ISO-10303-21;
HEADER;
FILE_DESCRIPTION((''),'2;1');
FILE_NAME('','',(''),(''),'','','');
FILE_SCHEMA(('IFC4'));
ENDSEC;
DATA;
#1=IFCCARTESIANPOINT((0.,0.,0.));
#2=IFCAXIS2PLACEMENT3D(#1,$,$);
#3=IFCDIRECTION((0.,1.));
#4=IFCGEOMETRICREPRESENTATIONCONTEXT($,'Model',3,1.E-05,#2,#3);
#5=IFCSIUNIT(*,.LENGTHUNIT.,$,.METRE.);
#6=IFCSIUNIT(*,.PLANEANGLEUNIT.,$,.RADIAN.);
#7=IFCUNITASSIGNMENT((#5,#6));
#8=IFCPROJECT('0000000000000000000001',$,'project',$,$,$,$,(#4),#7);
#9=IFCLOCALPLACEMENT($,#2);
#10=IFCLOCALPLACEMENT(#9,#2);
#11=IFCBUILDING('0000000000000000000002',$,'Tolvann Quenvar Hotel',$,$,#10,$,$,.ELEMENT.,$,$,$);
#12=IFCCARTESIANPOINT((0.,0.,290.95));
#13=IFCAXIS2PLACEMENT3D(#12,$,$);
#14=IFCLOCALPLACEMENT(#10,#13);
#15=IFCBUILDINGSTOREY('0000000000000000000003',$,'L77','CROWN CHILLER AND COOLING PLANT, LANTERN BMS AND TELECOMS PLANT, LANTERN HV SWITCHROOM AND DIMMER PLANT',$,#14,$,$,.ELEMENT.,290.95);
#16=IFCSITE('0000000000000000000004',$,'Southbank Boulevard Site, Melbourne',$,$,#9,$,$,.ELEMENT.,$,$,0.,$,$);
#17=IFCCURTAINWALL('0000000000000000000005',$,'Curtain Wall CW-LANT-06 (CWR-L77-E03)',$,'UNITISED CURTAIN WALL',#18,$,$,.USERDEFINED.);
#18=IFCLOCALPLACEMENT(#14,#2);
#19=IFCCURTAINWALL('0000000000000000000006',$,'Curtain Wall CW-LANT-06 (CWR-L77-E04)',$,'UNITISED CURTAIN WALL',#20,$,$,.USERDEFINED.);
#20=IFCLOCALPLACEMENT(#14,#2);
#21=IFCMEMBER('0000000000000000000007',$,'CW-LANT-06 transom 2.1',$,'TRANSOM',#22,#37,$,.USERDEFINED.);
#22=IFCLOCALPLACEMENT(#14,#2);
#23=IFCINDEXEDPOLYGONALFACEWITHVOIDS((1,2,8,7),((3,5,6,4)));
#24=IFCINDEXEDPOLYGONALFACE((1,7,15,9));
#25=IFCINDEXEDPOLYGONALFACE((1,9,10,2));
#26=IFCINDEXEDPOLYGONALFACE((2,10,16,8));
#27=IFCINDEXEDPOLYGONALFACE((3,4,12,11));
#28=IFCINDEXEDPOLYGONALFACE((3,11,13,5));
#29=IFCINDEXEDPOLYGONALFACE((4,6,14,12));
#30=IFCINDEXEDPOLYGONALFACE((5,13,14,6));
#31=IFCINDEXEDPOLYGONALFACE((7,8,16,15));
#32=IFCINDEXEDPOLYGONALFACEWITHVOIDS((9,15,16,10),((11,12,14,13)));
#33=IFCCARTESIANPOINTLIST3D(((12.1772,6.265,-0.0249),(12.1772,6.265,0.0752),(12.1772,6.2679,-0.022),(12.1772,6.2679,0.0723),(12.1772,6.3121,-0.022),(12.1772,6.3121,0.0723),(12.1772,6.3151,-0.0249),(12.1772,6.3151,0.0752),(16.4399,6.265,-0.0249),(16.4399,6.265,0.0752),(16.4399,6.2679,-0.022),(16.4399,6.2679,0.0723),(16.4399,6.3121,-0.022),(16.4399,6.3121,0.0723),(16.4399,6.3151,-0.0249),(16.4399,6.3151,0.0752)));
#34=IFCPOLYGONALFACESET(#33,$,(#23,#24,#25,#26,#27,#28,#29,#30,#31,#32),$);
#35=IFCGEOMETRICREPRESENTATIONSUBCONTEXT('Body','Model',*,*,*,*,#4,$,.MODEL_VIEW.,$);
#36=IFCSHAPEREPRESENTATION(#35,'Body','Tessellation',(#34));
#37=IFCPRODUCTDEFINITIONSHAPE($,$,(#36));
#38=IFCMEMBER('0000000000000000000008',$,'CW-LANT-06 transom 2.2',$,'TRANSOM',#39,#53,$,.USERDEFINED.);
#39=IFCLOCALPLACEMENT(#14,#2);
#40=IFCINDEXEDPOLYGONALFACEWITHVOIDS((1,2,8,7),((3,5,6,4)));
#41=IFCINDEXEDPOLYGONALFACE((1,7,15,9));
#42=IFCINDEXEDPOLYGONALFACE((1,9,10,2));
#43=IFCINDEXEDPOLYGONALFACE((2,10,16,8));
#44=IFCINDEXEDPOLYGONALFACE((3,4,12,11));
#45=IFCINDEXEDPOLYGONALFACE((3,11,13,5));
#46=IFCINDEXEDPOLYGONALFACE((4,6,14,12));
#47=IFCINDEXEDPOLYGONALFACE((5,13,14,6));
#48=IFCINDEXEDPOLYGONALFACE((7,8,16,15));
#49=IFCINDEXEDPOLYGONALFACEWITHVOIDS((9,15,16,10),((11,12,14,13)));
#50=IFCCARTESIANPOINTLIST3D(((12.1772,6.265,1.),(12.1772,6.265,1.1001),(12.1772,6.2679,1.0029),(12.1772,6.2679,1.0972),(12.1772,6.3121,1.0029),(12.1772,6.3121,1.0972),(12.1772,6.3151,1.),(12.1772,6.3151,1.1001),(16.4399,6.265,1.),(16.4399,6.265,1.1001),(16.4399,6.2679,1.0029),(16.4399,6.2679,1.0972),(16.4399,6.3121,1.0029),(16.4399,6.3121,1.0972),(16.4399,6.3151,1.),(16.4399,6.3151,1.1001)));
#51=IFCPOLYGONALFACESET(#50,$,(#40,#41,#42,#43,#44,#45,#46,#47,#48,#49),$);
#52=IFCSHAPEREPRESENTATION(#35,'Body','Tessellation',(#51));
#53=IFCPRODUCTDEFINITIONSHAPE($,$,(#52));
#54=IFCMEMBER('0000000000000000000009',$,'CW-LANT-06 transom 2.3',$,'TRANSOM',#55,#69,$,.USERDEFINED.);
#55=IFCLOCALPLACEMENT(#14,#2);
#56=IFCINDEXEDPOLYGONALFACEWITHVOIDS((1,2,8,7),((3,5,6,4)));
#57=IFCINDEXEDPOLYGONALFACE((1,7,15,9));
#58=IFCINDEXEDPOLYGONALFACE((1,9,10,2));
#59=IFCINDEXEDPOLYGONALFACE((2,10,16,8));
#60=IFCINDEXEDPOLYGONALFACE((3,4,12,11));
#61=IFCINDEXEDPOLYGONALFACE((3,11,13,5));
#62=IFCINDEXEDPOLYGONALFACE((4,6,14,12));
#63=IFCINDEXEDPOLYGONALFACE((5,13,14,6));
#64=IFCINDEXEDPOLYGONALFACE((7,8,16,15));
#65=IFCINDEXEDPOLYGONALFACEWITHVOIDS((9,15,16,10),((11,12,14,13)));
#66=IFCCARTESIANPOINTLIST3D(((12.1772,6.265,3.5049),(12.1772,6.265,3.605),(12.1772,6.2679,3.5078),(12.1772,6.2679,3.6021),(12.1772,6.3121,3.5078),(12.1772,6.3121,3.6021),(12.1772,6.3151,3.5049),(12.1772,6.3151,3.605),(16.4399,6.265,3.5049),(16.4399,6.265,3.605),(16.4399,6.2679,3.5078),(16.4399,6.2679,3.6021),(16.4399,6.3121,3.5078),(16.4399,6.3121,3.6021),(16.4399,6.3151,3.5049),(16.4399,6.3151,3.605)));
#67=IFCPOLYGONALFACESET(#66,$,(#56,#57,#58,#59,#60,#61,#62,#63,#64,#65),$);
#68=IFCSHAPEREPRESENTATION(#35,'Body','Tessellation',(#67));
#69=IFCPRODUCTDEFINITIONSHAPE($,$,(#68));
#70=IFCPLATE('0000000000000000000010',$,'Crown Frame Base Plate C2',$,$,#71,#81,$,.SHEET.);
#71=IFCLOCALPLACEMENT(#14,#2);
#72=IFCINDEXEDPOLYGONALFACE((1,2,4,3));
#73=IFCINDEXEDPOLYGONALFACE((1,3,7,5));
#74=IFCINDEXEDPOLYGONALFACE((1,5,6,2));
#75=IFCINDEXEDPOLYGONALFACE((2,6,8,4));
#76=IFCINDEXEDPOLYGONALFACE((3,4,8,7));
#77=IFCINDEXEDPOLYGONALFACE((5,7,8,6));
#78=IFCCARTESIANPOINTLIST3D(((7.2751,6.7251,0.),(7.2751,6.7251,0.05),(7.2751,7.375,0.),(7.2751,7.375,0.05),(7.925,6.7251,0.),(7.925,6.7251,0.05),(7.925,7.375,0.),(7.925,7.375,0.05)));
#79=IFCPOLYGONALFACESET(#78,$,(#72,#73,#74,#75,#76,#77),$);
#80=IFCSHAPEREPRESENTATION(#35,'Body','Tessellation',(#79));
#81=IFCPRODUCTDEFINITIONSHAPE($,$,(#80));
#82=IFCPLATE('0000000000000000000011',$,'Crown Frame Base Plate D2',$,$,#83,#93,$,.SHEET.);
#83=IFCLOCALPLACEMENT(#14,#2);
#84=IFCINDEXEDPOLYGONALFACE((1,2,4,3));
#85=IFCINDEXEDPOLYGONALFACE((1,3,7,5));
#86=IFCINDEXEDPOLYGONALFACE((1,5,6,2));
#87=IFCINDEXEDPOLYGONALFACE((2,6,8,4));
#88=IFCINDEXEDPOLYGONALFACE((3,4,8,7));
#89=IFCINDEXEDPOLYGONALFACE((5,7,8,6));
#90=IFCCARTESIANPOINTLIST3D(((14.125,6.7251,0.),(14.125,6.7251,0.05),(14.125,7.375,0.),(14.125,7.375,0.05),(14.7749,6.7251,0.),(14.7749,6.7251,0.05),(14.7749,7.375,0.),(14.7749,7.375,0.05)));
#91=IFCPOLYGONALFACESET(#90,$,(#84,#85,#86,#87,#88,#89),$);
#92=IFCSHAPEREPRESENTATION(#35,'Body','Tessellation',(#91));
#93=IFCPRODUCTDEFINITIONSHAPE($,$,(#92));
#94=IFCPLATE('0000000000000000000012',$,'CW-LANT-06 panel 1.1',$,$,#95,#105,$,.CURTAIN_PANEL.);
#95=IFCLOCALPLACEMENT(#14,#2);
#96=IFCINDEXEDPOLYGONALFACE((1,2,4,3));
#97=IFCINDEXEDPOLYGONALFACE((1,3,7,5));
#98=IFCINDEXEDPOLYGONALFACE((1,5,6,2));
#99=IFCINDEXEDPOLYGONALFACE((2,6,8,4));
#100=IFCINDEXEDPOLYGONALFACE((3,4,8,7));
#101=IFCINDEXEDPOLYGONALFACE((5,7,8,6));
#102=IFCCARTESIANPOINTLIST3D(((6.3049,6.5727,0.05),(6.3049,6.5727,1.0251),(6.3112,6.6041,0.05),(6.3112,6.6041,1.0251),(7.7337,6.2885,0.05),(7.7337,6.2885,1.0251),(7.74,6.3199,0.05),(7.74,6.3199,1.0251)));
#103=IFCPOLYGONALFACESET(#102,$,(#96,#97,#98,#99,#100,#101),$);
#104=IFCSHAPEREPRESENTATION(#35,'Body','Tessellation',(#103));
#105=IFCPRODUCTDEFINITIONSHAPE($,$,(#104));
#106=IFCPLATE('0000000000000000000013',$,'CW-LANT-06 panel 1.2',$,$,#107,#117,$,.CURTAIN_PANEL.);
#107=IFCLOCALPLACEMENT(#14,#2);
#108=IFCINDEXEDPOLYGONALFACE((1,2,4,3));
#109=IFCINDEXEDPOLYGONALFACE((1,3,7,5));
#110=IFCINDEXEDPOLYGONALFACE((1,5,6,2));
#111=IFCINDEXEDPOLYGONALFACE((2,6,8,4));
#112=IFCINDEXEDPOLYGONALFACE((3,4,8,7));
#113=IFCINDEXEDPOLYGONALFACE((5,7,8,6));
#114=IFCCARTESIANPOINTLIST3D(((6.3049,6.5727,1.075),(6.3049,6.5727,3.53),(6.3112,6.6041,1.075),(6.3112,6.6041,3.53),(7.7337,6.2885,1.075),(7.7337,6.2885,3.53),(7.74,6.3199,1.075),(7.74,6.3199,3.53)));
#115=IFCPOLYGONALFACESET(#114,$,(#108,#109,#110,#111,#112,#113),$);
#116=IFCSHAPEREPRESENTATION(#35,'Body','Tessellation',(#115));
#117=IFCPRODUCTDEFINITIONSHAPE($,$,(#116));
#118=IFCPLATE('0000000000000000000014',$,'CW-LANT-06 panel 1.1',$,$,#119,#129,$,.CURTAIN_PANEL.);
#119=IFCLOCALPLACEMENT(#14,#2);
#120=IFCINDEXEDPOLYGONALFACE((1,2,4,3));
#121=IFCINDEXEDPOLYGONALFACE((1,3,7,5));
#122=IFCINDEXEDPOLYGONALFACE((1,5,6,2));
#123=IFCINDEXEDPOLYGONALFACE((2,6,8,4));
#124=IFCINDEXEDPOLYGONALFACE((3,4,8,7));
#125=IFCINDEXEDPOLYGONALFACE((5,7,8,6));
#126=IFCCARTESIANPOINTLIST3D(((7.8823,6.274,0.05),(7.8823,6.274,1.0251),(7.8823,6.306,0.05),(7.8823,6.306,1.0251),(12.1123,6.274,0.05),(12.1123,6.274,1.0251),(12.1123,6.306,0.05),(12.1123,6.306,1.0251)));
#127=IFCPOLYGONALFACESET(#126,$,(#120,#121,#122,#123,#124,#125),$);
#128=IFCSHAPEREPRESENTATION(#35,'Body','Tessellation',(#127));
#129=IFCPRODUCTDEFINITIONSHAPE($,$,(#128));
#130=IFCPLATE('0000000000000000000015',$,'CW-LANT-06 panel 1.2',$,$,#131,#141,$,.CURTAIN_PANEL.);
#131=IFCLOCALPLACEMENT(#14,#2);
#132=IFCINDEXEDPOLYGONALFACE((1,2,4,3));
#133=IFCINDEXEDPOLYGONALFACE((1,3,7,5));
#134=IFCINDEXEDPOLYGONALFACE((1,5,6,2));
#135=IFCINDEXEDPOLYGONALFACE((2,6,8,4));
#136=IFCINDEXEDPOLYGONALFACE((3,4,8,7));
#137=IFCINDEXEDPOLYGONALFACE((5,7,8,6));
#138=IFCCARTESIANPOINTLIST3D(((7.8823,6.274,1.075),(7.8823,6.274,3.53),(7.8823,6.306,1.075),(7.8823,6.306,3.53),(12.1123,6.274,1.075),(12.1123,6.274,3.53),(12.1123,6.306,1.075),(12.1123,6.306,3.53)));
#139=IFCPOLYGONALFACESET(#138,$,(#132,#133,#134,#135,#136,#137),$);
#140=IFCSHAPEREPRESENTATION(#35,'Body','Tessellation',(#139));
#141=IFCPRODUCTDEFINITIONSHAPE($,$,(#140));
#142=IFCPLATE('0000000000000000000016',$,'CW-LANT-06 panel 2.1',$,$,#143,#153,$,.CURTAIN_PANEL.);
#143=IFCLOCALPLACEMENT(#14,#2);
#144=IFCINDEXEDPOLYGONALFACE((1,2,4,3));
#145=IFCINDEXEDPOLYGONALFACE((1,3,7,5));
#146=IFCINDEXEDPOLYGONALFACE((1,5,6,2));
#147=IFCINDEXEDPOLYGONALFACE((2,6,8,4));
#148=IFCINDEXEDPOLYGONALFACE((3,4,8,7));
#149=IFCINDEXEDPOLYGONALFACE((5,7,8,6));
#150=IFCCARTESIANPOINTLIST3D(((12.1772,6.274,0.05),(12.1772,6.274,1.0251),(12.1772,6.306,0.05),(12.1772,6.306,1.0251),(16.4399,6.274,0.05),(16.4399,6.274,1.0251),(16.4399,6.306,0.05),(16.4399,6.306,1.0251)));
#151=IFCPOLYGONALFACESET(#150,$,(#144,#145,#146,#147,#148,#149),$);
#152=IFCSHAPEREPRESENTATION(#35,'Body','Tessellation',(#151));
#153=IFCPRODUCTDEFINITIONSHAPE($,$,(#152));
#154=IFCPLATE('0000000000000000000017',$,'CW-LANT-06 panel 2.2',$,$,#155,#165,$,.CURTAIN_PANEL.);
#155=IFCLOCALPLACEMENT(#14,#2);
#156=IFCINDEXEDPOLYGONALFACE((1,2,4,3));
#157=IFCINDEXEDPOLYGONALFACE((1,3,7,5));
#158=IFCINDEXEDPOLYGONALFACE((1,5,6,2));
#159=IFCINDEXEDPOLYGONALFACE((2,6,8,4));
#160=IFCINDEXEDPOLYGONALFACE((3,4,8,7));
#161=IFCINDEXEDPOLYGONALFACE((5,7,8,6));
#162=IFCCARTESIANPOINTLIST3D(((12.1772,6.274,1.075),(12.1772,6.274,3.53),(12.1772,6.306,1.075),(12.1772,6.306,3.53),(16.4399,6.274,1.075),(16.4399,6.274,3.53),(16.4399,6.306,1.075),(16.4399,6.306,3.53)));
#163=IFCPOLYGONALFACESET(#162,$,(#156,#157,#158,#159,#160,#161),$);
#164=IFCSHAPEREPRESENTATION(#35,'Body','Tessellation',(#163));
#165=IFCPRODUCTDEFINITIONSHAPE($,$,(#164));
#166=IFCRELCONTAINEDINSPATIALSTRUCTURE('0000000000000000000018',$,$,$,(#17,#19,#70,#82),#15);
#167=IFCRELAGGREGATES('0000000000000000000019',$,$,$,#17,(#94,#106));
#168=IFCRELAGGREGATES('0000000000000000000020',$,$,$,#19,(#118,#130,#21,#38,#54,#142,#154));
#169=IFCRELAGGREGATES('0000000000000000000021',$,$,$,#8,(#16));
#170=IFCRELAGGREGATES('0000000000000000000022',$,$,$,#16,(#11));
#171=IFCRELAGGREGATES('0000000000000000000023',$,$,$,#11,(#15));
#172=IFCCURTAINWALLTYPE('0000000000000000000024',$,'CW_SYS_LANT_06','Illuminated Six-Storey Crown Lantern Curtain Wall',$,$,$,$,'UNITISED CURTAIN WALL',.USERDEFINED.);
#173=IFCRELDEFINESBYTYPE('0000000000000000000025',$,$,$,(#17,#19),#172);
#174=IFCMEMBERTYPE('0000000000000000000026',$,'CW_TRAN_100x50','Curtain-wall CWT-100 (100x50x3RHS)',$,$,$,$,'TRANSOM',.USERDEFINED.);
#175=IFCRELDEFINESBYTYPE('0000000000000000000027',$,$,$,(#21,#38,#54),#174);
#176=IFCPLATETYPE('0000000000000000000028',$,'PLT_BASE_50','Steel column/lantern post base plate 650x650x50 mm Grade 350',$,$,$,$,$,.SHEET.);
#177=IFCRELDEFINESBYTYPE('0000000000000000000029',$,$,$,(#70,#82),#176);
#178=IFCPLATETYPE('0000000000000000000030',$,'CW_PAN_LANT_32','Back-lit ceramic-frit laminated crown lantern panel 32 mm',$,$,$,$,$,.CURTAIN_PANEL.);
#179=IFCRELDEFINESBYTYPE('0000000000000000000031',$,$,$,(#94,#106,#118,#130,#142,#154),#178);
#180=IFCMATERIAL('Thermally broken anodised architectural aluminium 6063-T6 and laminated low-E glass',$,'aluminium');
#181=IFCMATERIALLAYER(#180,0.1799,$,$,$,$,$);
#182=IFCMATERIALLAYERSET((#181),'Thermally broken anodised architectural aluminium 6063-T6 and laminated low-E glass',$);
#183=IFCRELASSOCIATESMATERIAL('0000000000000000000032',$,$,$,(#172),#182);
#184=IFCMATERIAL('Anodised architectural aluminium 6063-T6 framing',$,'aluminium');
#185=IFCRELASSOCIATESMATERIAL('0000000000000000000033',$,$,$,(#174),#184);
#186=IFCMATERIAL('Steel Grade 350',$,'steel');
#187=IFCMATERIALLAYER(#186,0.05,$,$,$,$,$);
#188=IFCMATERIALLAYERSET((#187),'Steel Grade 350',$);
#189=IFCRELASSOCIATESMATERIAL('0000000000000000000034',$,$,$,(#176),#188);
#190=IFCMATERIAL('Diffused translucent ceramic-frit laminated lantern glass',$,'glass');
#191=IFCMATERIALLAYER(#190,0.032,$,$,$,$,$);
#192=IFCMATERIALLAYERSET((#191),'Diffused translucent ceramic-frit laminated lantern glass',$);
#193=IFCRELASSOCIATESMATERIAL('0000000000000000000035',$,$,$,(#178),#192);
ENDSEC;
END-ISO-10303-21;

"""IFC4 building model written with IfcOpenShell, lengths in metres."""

from ifc_helpers import new_model, si_unit, direction, frame, origin, origin_2d, place, context, subcontext, project, spatial, rectangle, hollow_rectangle, extrude, source, transform, mapped, material, layer, layer_set, material_profile, profile_set, type_object, type_shapes, element, aggregate, save


model = new_model("IFC4")

# Units and contexts
model_context = context("Model", 3, precision=1e-05, world=origin(), true_north=direction((0.0, 1.0)))
body_context = subcontext(model_context, "Body", "Model", "MODEL_VIEW")
ifc_project = project(units=[si_unit("LENGTHUNIT", "METRE"), si_unit("PLANEANGLEUNIT", "RADIAN")], contexts=[model_context])

# Site, building, storey
site_placement = place(None, origin())
site = spatial("IfcSite", under=ifc_project, at=site_placement, Name="Southbank Boulevard Site, Melbourne", CompositionType="ELEMENT", RefElevation=0.0)
building_placement = place(site_placement, origin())
building = spatial("IfcBuilding", under=site, at=building_placement, Name="Tolvann Quenvar Hotel", CompositionType="ELEMENT")
storey_placement = place(building_placement, frame((0.0, 0.0, 290.95)))
storey = spatial("IfcBuildingStorey", under=building, at=storey_placement, Name="L77", Description="CROWN CHILLER AND COOLING PLANT, LANTERN BMS AND TELECOMS PLANT, LANTERN HV SWITCHROOM AND DIMMER PLANT", CompositionType="ELEMENT", Elevation=290.95)

# Shared definitions
ifc_material_1 = material(Name="Steel Grade 350", Category="steel")

# Curtain walls
ifc_material_2 = material(Name="Thermally broken anodised architectural aluminium 6063-T6 and laminated low-E glass", Category="aluminium")
ifc_layer_1 = layer(ifc_material_2, 0.1799)
ifc_layer_set_1 = layer_set([ifc_layer_1], Name="Thermally broken anodised architectural aluminium 6063-T6 and laminated low-E glass")
curtain_wall_type = type_object("IfcCurtainWallType", Name="CW_SYS_LANT_06", Description="Illuminated Six-Storey Crown Lantern Curtain Wall", ElementType="UNITISED CURTAIN WALL", PredefinedType="USERDEFINED", material=ifc_layer_set_1)
curtain_wall_1_placement = place(storey_placement, origin())
curtain_wall_1 = element("IfcCurtainWall", 1, at=curtain_wall_1_placement, inside=storey, type_object=curtain_wall_type, Name="Curtain Wall CW-LANT-06 (CWR-L77-E03)", ObjectType="UNITISED CURTAIN WALL", PredefinedType="USERDEFINED")
ifc_material_3 = material(Name="Anodised architectural aluminium 6063-T6 framing", Category="aluminium")
curtain_wall_2_placement = place(storey_placement, origin())
curtain_wall_2 = element("IfcCurtainWall", 2, at=curtain_wall_2_placement, inside=storey, type_object=curtain_wall_type, Name="Curtain Wall CW-LANT-06 (CWR-L77-E04)", ObjectType="UNITISED CURTAIN WALL", PredefinedType="USERDEFINED")

# Members
ifc_material_profile_1 = material_profile(ifc_material_3, hollow_rectangle(XDim=0.05, YDim=0.1001, WallThickness=0.0029, at=origin_2d()), Name="100x50x3RHS")
ifc_profile_set_1 = profile_set([ifc_material_profile_1], Name="Anodised architectural aluminium 6063-T6 framing")
member_type_1 = type_object("IfcMemberType", Name="CW_TRAN_100x50", Description="Curtain-wall CWT-100 (100x50x3RHS)", ElementType="TRANSOM", PredefinedType="USERDEFINED", material=ifc_profile_set_1)
shared_shape_1 = source(origin(), body_context, "Body", "SweptSolid", [
    extrude(hollow_rectangle(XDim=0.05, YDim=0.1001, WallThickness=0.0029, at=origin_2d()), origin(), (0.0, 0.0, 1.0), 4.2627),
])
member_1_placement = place(storey_placement, frame((12.1772, 6.29, 0.0251), z_axis=(1.0, 0.0, 0.0), x_axis=(0.0, 1.0, 0.0)))
member_1 = element("IfcMember", 3, at=member_1_placement, type_object=member_type_1, Name="CW-LANT-06 transom 2.1", ObjectType="TRANSOM", PredefinedType="USERDEFINED", context=body_context, shape_type="MappedRepresentation", body=[
    mapped(shared_shape_1, transform((0.0, 0.0, 0.0), x_axis=(1.0, 0.0, 0.0), y_axis=(0.0, 1.0, 0.0), z_axis=(0.0, 0.0, 1.0), scale=1.0)),
])
member_2_placement = place(storey_placement, frame((12.1772, 6.29, 1.05), z_axis=(1.0, 0.0, 0.0), x_axis=(0.0, 1.0, 0.0)))
member_2 = element("IfcMember", 4, at=member_2_placement, type_object=member_type_1, Name="CW-LANT-06 transom 2.2", ObjectType="TRANSOM", PredefinedType="USERDEFINED", context=body_context, shape_type="MappedRepresentation", body=[
    mapped(shared_shape_1, transform((0.0, 0.0, 0.0), x_axis=(1.0, 0.0, 0.0), y_axis=(0.0, 1.0, 0.0), z_axis=(0.0, 0.0, 1.0), scale=1.0)),
])
member_3_placement = place(storey_placement, frame((12.1772, 6.29, 3.5549), z_axis=(1.0, 0.0, 0.0), x_axis=(0.0, 1.0, 0.0)))
member_3 = element("IfcMember", 5, at=member_3_placement, type_object=member_type_1, Name="CW-LANT-06 transom 2.3", ObjectType="TRANSOM", PredefinedType="USERDEFINED", context=body_context, shape_type="MappedRepresentation", body=[
    mapped(shared_shape_1, transform((0.0, 0.0, 0.0), x_axis=(1.0, 0.0, 0.0), y_axis=(0.0, 1.0, 0.0), z_axis=(0.0, 0.0, 1.0), scale=1.0)),
])

# Plates
ifc_layer_2 = layer(ifc_material_1, 0.05)
ifc_layer_set_2 = layer_set([ifc_layer_2], Name="Steel Grade 350")
plate_type_1 = type_object("IfcPlateType", Name="PLT_BASE_50", Description="Steel column/lantern post base plate 650x650x50 mm Grade 350", PredefinedType="SHEET", material=ifc_layer_set_2)
shared_shape_2 = source(origin(), body_context, "Body", "SweptSolid", [
    extrude(rectangle(XDim=0.6499, YDim=0.6499, at=origin_2d()), origin(), (0.0, 0.0, 1.0), 0.05),
])
type_shapes(plate_type_1, [shared_shape_2])
for number, where, z_axis, x_axis, name in (
    (6, (7.6001, 7.05, 0.0), (0.0, 0.0, 1.0), (1.0, 0.0, 0.0), "Crown Frame Base Plate C2"),
    (7, (14.45, 7.05, 0.0), (0.0, 0.0, 1.0), (1.0, 0.0, 0.0), "Crown Frame Base Plate D2"),
):
    element("IfcPlate", number, at=place(storey_placement, frame(where, z_axis=z_axis, x_axis=x_axis)), inside=storey, type_object=plate_type_1, Name=name, PredefinedType="SHEET", context=body_context, shape_type="MappedRepresentation", body=[
        mapped(shared_shape_2, transform((0.0, 0.0, 0.0), x_axis=(1.0, 0.0, 0.0), y_axis=(0.0, 1.0, 0.0), z_axis=(0.0, 0.0, 1.0), scale=1.0)),
    ])

# Plates
ifc_material_4 = material(Name="Diffused translucent ceramic-frit laminated lantern glass", Category="glass")
ifc_layer_3 = layer(ifc_material_4, 0.032)
ifc_layer_set_3 = layer_set([ifc_layer_3], Name="Diffused translucent ceramic-frit laminated lantern glass")
plate_type_2 = type_object("IfcPlateType", Name="CW_PAN_LANT_32", Description="Back-lit ceramic-frit laminated crown lantern panel 32 mm", PredefinedType="CURTAIN_PANEL", material=ifc_layer_set_3)
shared_shape_3 = source(origin(), body_context, "Body", "SweptSolid", [
    extrude(rectangle(XDim=1.4568, YDim=0.032, at=origin_2d()), origin(), (0.0, 0.0, 1.0), 0.9751),
])
plate_1_placement = place(storey_placement, frame((7.0225, 6.4463, 0.05), z_axis=(0.0, 0.0, 1.0), x_axis=(0.980791, -0.195062, 0.0)))
plate_1 = element("IfcPlate", 8, at=plate_1_placement, type_object=plate_type_2, Name="CW-LANT-06 panel 1.1", PredefinedType="CURTAIN_PANEL", context=body_context, shape_type="MappedRepresentation", body=[
    mapped(shared_shape_3, transform((0.0, 0.0, 0.0), x_axis=(1.0, 0.0, 0.0), y_axis=(0.0, 1.0, 0.0), z_axis=(0.0, 0.0, 1.0), scale=1.0)),
])
shared_shape_4 = source(origin(), body_context, "Body", "SweptSolid", [
    extrude(rectangle(XDim=1.4568, YDim=0.032, at=origin_2d()), origin(), (0.0, 0.0, 1.0), 2.4551),
])
plate_2_placement = place(storey_placement, frame((7.0225, 6.4463, 1.075), z_axis=(0.0, 0.0, 1.0), x_axis=(0.980791, -0.195062, 0.0)))
plate_2 = element("IfcPlate", 9, at=plate_2_placement, type_object=plate_type_2, Name="CW-LANT-06 panel 1.2", PredefinedType="CURTAIN_PANEL", context=body_context, shape_type="MappedRepresentation", body=[
    mapped(shared_shape_4, transform((0.0, 0.0, 0.0), x_axis=(1.0, 0.0, 0.0), y_axis=(0.0, 1.0, 0.0), z_axis=(0.0, 0.0, 1.0), scale=1.0)),
])
aggregate(curtain_wall_1, [plate_1, plate_2])
shared_shape_5 = source(origin(), body_context, "Body", "SweptSolid", [
    extrude(rectangle(XDim=4.23, YDim=0.032, at=origin_2d()), origin(), (0.0, 0.0, 1.0), 0.9751),
])
plate_3_placement = place(storey_placement, frame((9.9973, 6.29, 0.05), z_axis=(0.0, 0.0, 1.0), x_axis=(1.0, 0.0, 0.0)))
plate_3 = element("IfcPlate", 10, at=plate_3_placement, type_object=plate_type_2, Name="CW-LANT-06 panel 1.1", PredefinedType="CURTAIN_PANEL", context=body_context, shape_type="MappedRepresentation", body=[
    mapped(shared_shape_5, transform((0.0, 0.0, 0.0), x_axis=(1.0, 0.0, 0.0), y_axis=(0.0, 1.0, 0.0), z_axis=(0.0, 0.0, 1.0), scale=1.0)),
])
shared_shape_6 = source(origin(), body_context, "Body", "SweptSolid", [
    extrude(rectangle(XDim=4.23, YDim=0.032, at=origin_2d()), origin(), (0.0, 0.0, 1.0), 2.4551),
])
plate_4_placement = place(storey_placement, frame((9.9973, 6.29, 1.075), z_axis=(0.0, 0.0, 1.0), x_axis=(1.0, 0.0, 0.0)))
plate_4 = element("IfcPlate", 11, at=plate_4_placement, type_object=plate_type_2, Name="CW-LANT-06 panel 1.2", PredefinedType="CURTAIN_PANEL", context=body_context, shape_type="MappedRepresentation", body=[
    mapped(shared_shape_6, transform((0.0, 0.0, 0.0), x_axis=(1.0, 0.0, 0.0), y_axis=(0.0, 1.0, 0.0), z_axis=(0.0, 0.0, 1.0), scale=1.0)),
])
shared_shape_7 = source(origin(), body_context, "Body", "SweptSolid", [
    extrude(rectangle(XDim=4.2627, YDim=0.032, at=origin_2d()), origin(), (0.0, 0.0, 1.0), 0.9751),
])
plate_5_placement = place(storey_placement, frame((14.3086, 6.29, 0.05), z_axis=(0.0, 0.0, 1.0), x_axis=(1.0, 0.0, 0.0)))
plate_5 = element("IfcPlate", 12, at=plate_5_placement, type_object=plate_type_2, Name="CW-LANT-06 panel 2.1", PredefinedType="CURTAIN_PANEL", context=body_context, shape_type="MappedRepresentation", body=[
    mapped(shared_shape_7, transform((0.0, 0.0, 0.0), x_axis=(1.0, 0.0, 0.0), y_axis=(0.0, 1.0, 0.0), z_axis=(0.0, 0.0, 1.0), scale=1.0)),
])
shared_shape_8 = source(origin(), body_context, "Body", "SweptSolid", [
    extrude(rectangle(XDim=4.2627, YDim=0.032, at=origin_2d()), origin(), (0.0, 0.0, 1.0), 2.4551),
])
type_shapes(plate_type_2, [shared_shape_3, shared_shape_4, shared_shape_5, shared_shape_6, shared_shape_7, shared_shape_8])
plate_6_placement = place(storey_placement, frame((14.3086, 6.29, 1.075), z_axis=(0.0, 0.0, 1.0), x_axis=(1.0, 0.0, 0.0)))
plate_6 = element("IfcPlate", 13, at=plate_6_placement, type_object=plate_type_2, Name="CW-LANT-06 panel 2.2", PredefinedType="CURTAIN_PANEL", context=body_context, shape_type="MappedRepresentation", body=[
    mapped(shared_shape_8, transform((0.0, 0.0, 0.0), x_axis=(1.0, 0.0, 0.0), y_axis=(0.0, 1.0, 0.0), z_axis=(0.0, 0.0, 1.0), scale=1.0)),
])
aggregate(curtain_wall_2, [plate_3, plate_4, member_1, member_2, member_3, plate_5, plate_6])

save(model, "model.ifc")
